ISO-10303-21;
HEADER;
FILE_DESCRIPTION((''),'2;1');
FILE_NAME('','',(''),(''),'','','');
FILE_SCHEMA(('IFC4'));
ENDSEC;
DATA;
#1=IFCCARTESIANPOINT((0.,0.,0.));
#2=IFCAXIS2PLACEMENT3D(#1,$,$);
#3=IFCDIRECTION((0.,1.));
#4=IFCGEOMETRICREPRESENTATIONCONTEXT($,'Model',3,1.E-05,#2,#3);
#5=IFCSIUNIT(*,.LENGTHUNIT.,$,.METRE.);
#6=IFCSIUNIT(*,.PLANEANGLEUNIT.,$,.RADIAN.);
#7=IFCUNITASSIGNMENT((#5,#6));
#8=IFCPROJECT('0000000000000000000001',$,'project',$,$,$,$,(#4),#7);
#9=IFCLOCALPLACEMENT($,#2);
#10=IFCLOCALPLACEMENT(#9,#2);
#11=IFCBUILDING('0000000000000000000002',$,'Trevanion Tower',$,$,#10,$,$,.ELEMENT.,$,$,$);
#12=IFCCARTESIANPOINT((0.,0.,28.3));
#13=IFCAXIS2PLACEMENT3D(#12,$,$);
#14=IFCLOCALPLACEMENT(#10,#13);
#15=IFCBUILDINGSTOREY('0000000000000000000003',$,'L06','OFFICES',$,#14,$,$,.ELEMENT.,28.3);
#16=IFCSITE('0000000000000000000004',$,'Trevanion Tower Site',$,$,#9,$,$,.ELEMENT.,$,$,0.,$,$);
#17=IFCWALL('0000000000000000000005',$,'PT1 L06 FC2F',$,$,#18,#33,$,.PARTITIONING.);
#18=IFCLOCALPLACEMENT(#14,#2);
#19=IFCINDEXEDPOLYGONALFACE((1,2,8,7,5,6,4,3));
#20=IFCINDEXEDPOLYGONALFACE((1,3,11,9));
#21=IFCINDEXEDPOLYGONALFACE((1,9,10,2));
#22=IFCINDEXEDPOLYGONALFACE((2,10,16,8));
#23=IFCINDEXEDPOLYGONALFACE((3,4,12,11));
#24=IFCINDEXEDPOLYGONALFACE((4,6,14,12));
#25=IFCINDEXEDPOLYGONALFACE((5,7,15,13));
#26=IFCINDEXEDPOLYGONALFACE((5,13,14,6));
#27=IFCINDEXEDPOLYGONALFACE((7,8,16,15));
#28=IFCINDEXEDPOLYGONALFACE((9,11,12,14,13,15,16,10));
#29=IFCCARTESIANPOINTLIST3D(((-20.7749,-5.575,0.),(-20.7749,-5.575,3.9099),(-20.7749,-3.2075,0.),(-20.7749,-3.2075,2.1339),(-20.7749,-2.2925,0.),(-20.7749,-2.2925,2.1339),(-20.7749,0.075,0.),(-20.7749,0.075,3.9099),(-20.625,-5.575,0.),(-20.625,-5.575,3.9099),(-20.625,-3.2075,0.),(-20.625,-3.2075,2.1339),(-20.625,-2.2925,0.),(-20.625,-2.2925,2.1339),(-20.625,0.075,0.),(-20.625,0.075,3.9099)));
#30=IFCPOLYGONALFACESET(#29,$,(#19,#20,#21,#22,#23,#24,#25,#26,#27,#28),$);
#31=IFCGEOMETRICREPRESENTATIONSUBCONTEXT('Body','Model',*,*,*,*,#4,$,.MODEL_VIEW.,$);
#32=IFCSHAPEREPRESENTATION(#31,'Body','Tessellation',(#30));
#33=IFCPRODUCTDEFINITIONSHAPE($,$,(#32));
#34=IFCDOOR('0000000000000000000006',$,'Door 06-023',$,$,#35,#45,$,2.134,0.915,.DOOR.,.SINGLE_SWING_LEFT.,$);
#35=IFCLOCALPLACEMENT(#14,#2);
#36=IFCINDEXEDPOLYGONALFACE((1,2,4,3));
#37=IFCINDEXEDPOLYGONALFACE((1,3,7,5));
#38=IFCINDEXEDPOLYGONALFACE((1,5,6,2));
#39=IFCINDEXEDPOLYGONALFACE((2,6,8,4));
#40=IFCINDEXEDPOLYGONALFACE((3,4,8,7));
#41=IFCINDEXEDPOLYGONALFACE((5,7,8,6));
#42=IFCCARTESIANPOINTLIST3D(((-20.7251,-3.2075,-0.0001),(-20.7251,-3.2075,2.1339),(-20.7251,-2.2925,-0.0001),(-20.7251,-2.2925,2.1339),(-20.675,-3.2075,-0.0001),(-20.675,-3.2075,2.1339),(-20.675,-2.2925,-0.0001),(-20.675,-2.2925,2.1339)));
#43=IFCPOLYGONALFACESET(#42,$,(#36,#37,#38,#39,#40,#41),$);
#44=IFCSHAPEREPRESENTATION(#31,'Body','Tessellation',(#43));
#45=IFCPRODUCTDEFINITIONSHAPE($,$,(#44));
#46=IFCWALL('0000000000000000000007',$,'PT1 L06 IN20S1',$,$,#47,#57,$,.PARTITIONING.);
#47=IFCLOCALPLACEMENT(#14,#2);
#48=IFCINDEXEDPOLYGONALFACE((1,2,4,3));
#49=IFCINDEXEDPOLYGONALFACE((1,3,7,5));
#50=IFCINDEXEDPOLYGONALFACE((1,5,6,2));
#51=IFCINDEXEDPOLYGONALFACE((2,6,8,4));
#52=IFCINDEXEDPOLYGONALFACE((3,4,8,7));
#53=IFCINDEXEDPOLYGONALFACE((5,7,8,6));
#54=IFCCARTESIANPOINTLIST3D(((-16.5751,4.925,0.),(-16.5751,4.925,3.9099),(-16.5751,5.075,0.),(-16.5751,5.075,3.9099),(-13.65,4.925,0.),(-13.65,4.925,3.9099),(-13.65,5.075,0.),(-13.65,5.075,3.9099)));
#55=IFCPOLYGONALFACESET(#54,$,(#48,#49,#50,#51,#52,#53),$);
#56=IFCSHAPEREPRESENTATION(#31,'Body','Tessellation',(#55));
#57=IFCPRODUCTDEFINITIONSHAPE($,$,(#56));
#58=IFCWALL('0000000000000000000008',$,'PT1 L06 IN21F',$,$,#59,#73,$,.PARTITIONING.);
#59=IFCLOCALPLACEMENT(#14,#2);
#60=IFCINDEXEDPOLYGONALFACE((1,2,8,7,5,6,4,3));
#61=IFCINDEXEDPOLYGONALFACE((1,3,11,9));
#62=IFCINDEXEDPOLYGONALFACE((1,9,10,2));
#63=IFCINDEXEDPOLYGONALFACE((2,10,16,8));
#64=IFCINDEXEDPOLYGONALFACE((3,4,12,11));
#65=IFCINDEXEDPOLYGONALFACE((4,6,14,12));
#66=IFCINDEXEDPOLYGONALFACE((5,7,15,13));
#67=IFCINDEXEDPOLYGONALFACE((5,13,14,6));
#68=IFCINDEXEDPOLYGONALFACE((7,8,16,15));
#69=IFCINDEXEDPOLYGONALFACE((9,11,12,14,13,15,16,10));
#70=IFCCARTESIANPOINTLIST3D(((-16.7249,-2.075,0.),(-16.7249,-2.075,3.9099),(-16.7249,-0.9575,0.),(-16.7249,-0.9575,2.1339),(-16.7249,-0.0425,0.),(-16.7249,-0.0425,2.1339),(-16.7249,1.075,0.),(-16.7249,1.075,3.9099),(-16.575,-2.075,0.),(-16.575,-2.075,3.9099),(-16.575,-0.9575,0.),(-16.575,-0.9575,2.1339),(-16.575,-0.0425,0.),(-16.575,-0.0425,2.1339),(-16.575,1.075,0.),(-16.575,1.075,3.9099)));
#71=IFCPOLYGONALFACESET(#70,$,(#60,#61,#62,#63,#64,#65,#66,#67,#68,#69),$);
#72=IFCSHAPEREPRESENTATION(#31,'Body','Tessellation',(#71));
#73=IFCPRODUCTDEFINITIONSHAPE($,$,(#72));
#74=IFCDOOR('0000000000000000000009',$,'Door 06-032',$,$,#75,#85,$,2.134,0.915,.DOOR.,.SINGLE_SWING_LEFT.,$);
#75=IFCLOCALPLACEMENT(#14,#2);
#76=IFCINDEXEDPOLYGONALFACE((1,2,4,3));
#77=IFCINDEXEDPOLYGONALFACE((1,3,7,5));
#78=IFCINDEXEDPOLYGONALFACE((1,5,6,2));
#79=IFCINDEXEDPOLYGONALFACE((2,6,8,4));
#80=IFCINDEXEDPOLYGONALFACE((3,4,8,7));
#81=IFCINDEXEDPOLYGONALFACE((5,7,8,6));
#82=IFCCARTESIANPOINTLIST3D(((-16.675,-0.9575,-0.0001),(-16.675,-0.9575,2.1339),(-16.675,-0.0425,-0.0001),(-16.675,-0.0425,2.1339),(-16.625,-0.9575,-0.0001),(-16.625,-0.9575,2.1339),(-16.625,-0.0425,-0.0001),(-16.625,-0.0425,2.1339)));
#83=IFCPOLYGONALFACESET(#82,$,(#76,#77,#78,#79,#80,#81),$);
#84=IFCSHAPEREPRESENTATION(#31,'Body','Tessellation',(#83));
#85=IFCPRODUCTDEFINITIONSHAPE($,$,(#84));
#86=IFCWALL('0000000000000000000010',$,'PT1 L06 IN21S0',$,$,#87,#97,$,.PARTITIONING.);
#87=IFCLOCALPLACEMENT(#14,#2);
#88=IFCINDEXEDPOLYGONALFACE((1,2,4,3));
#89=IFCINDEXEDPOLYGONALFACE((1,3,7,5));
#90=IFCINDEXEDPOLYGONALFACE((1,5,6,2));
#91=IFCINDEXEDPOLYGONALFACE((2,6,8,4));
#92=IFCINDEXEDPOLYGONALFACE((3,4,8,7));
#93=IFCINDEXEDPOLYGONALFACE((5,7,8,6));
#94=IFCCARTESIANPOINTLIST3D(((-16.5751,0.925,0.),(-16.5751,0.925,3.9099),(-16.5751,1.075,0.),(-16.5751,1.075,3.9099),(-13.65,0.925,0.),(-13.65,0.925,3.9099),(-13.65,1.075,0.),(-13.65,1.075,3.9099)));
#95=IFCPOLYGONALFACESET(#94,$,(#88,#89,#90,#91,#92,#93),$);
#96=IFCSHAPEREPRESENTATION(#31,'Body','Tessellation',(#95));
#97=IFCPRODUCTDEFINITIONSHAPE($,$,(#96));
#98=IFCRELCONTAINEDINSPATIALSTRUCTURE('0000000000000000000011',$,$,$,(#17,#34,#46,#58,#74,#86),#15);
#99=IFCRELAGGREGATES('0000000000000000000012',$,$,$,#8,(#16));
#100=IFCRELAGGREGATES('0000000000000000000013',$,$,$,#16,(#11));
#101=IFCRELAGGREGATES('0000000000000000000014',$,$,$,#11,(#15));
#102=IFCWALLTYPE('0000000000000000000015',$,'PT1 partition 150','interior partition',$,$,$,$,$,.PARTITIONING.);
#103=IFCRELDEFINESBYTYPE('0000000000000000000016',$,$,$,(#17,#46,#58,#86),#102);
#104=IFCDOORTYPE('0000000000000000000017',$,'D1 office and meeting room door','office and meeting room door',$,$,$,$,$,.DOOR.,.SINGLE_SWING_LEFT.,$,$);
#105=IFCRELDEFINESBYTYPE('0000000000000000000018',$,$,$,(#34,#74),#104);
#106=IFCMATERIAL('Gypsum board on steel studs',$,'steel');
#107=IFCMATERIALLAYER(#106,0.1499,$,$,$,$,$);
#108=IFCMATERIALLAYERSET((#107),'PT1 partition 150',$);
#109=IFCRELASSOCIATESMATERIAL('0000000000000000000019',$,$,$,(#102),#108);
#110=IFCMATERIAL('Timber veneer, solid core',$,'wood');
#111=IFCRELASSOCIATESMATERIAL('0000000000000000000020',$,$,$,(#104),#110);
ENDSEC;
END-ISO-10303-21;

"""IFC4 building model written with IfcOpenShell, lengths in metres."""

from ifc_helpers import new_model, si_unit, direction, frame, frame_2d, origin, place, context, subcontext, project, spatial, rectangle, extrude, material, layer, layer_set, type_object, element, fill, save


model = new_model("IFC4")

# Units and contexts
model_context = context("Model", 3, precision=1e-05, world=origin(), true_north=direction((0.0, 1.0)))
body_context = subcontext(model_context, "Body", "Model", "MODEL_VIEW")
ifc_project = project(units=[si_unit("LENGTHUNIT", "METRE"), si_unit("PLANEANGLEUNIT", "RADIAN")], contexts=[model_context])

# Site, building, storey
site_placement = place(None, origin())
site = spatial("IfcSite", under=ifc_project, at=site_placement, Name="Trevanion Tower Site", CompositionType="ELEMENT", RefElevation=0.0)
building_placement = place(site_placement, origin())
building = spatial("IfcBuilding", under=site, at=building_placement, Name="Trevanion Tower", CompositionType="ELEMENT")
storey_placement = place(building_placement, frame((0.0, 0.0, 28.3)))
storey = spatial("IfcBuildingStorey", under=building, at=storey_placement, Name="L06", Description="OFFICES", CompositionType="ELEMENT", Elevation=28.3)

# Wall, opening, door
ifc_material_1 = material(Name="Gypsum board on steel studs", Category="steel")
ifc_layer_1 = layer(ifc_material_1, 0.1499)
ifc_layer_set_1 = layer_set([ifc_layer_1], Name="PT1 partition 150")
wall_type = type_object("IfcWallType", Name="PT1 partition 150", Description="interior partition", PredefinedType="PARTITIONING", material=ifc_layer_set_1)
wall_1_placement = place(storey_placement, frame((-20.7, 0.075, 0.0), z_axis=(0.0, 0.0, 1.0), x_axis=(0.0, -1.0, 0.0)))
wall_1 = element("IfcWall", 1, at=wall_1_placement, inside=storey, type_object=wall_type, Name="PT1 L06 FC2F", PredefinedType="PARTITIONING", context=body_context, shape_type="SweptSolid", body=[
    extrude(rectangle(XDim=5.6499, YDim=0.1499, at=frame_2d((2.825, 0.0))), origin(), (0.0, 0.0, 1.0), 3.9099),
])
opening_1_placement = place(wall_1_placement, frame((2.3674, 0.0, 0.0)))
opening_1 = element("IfcOpeningElement", 2, at=opening_1_placement, cuts=wall_1, PredefinedType="OPENING", context=body_context, shape_type="SweptSolid", body=[
    extrude(rectangle(XDim=0.915, YDim=2.134, at=frame_2d((0.4575, 1.0669))), frame((0.0, 0.085, 0.0), z_axis=(0.0, -1.0, 0.0), x_axis=(1.0, 0.0, 0.0)), (0.0, 0.0, 1.0), 0.1699),
])
ifc_material_2 = material(Name="Timber veneer, solid core", Category="wood")
door_type = type_object("IfcDoorType", Name="D1 office and meeting room door", Description="office and meeting room door", OperationType="SINGLE_SWING_LEFT", PredefinedType="DOOR", material=ifc_material_2)
door_1_placement = place(opening_1_placement, origin())
door_1 = element("IfcDoor", 3, at=door_1_placement, inside=storey, type_object=door_type, Name="Door 06-023", OperationType="SINGLE_SWING_LEFT", OverallHeight=2.134, OverallWidth=0.915, PredefinedType="DOOR", context=body_context, shape_type="SweptSolid", body=[
    extrude(rectangle(XDim=0.915, YDim=2.134, at=frame_2d((0.4575, 1.0669))), frame((0.0, 0.0249, 0.0), z_axis=(0.0, -1.0, 0.0), x_axis=(1.0, 0.0, 0.0)), (0.0, 0.0, 1.0), 0.05),
])
fill(opening_1, door_1)

# Wall
wall_2_placement = place(storey_placement, frame((-16.575, 5.0, 0.0), z_axis=(0.0, 0.0, 1.0), x_axis=(1.0, 0.0, 0.0)))
element("IfcWall", 4, at=wall_2_placement, inside=storey, type_object=wall_type, Name="PT1 L06 IN20S1", PredefinedType="PARTITIONING", context=body_context, shape_type="SweptSolid", body=[
    extrude(rectangle(XDim=2.925, YDim=0.1499, at=frame_2d((1.4624, 0.0))), origin(), (0.0, 0.0, 1.0), 3.9099),
])

# Wall, opening, door
wall_3_placement = place(storey_placement, frame((-16.6499, 1.075, 0.0), z_axis=(0.0, 0.0, 1.0), x_axis=(0.0, -1.0, 0.0)))
wall_3 = element("IfcWall", 5, at=wall_3_placement, inside=storey, type_object=wall_type, Name="PT1 L06 IN21F", PredefinedType="PARTITIONING", context=body_context, shape_type="SweptSolid", body=[
    extrude(rectangle(XDim=3.1499, YDim=0.1499, at=frame_2d((1.575, 0.0))), origin(), (0.0, 0.0, 1.0), 3.9099),
])
opening_2_placement = place(wall_3_placement, frame((1.1174, 0.0, 0.0)))
opening_2 = element("IfcOpeningElement", 6, at=opening_2_placement, cuts=wall_3, PredefinedType="OPENING", context=body_context, shape_type="SweptSolid", body=[
    extrude(rectangle(XDim=0.915, YDim=2.134, at=frame_2d((0.4575, 1.0669))), frame((0.0, 0.085, 0.0), z_axis=(0.0, -1.0, 0.0), x_axis=(1.0, 0.0, 0.0)), (0.0, 0.0, 1.0), 0.1699),
])
door_2_placement = place(opening_2_placement, origin())
door_2 = element("IfcDoor", 7, at=door_2_placement, inside=storey, type_object=door_type, Name="Door 06-032", OperationType="SINGLE_SWING_LEFT", OverallHeight=2.134, OverallWidth=0.915, PredefinedType="DOOR", context=body_context, shape_type="SweptSolid", body=[
    extrude(rectangle(XDim=0.915, YDim=2.134, at=frame_2d((0.4575, 1.0669))), frame((0.0, 0.0249, 0.0), z_axis=(0.0, -1.0, 0.0), x_axis=(1.0, 0.0, 0.0)), (0.0, 0.0, 1.0), 0.05),
])
fill(opening_2, door_2)

# Wall
wall_4_placement = place(storey_placement, frame((-16.575, 1.0, 0.0), z_axis=(0.0, 0.0, 1.0), x_axis=(1.0, 0.0, 0.0)))
element("IfcWall", 8, at=wall_4_placement, inside=storey, type_object=wall_type, Name="PT1 L06 IN21S0", PredefinedType="PARTITIONING", context=body_context, shape_type="SweptSolid", body=[
    extrude(rectangle(XDim=2.925, YDim=0.1499, at=frame_2d((1.4624, 0.0))), origin(), (0.0, 0.0, 1.0), 3.9099),
])

save(model, "model.ifc")
